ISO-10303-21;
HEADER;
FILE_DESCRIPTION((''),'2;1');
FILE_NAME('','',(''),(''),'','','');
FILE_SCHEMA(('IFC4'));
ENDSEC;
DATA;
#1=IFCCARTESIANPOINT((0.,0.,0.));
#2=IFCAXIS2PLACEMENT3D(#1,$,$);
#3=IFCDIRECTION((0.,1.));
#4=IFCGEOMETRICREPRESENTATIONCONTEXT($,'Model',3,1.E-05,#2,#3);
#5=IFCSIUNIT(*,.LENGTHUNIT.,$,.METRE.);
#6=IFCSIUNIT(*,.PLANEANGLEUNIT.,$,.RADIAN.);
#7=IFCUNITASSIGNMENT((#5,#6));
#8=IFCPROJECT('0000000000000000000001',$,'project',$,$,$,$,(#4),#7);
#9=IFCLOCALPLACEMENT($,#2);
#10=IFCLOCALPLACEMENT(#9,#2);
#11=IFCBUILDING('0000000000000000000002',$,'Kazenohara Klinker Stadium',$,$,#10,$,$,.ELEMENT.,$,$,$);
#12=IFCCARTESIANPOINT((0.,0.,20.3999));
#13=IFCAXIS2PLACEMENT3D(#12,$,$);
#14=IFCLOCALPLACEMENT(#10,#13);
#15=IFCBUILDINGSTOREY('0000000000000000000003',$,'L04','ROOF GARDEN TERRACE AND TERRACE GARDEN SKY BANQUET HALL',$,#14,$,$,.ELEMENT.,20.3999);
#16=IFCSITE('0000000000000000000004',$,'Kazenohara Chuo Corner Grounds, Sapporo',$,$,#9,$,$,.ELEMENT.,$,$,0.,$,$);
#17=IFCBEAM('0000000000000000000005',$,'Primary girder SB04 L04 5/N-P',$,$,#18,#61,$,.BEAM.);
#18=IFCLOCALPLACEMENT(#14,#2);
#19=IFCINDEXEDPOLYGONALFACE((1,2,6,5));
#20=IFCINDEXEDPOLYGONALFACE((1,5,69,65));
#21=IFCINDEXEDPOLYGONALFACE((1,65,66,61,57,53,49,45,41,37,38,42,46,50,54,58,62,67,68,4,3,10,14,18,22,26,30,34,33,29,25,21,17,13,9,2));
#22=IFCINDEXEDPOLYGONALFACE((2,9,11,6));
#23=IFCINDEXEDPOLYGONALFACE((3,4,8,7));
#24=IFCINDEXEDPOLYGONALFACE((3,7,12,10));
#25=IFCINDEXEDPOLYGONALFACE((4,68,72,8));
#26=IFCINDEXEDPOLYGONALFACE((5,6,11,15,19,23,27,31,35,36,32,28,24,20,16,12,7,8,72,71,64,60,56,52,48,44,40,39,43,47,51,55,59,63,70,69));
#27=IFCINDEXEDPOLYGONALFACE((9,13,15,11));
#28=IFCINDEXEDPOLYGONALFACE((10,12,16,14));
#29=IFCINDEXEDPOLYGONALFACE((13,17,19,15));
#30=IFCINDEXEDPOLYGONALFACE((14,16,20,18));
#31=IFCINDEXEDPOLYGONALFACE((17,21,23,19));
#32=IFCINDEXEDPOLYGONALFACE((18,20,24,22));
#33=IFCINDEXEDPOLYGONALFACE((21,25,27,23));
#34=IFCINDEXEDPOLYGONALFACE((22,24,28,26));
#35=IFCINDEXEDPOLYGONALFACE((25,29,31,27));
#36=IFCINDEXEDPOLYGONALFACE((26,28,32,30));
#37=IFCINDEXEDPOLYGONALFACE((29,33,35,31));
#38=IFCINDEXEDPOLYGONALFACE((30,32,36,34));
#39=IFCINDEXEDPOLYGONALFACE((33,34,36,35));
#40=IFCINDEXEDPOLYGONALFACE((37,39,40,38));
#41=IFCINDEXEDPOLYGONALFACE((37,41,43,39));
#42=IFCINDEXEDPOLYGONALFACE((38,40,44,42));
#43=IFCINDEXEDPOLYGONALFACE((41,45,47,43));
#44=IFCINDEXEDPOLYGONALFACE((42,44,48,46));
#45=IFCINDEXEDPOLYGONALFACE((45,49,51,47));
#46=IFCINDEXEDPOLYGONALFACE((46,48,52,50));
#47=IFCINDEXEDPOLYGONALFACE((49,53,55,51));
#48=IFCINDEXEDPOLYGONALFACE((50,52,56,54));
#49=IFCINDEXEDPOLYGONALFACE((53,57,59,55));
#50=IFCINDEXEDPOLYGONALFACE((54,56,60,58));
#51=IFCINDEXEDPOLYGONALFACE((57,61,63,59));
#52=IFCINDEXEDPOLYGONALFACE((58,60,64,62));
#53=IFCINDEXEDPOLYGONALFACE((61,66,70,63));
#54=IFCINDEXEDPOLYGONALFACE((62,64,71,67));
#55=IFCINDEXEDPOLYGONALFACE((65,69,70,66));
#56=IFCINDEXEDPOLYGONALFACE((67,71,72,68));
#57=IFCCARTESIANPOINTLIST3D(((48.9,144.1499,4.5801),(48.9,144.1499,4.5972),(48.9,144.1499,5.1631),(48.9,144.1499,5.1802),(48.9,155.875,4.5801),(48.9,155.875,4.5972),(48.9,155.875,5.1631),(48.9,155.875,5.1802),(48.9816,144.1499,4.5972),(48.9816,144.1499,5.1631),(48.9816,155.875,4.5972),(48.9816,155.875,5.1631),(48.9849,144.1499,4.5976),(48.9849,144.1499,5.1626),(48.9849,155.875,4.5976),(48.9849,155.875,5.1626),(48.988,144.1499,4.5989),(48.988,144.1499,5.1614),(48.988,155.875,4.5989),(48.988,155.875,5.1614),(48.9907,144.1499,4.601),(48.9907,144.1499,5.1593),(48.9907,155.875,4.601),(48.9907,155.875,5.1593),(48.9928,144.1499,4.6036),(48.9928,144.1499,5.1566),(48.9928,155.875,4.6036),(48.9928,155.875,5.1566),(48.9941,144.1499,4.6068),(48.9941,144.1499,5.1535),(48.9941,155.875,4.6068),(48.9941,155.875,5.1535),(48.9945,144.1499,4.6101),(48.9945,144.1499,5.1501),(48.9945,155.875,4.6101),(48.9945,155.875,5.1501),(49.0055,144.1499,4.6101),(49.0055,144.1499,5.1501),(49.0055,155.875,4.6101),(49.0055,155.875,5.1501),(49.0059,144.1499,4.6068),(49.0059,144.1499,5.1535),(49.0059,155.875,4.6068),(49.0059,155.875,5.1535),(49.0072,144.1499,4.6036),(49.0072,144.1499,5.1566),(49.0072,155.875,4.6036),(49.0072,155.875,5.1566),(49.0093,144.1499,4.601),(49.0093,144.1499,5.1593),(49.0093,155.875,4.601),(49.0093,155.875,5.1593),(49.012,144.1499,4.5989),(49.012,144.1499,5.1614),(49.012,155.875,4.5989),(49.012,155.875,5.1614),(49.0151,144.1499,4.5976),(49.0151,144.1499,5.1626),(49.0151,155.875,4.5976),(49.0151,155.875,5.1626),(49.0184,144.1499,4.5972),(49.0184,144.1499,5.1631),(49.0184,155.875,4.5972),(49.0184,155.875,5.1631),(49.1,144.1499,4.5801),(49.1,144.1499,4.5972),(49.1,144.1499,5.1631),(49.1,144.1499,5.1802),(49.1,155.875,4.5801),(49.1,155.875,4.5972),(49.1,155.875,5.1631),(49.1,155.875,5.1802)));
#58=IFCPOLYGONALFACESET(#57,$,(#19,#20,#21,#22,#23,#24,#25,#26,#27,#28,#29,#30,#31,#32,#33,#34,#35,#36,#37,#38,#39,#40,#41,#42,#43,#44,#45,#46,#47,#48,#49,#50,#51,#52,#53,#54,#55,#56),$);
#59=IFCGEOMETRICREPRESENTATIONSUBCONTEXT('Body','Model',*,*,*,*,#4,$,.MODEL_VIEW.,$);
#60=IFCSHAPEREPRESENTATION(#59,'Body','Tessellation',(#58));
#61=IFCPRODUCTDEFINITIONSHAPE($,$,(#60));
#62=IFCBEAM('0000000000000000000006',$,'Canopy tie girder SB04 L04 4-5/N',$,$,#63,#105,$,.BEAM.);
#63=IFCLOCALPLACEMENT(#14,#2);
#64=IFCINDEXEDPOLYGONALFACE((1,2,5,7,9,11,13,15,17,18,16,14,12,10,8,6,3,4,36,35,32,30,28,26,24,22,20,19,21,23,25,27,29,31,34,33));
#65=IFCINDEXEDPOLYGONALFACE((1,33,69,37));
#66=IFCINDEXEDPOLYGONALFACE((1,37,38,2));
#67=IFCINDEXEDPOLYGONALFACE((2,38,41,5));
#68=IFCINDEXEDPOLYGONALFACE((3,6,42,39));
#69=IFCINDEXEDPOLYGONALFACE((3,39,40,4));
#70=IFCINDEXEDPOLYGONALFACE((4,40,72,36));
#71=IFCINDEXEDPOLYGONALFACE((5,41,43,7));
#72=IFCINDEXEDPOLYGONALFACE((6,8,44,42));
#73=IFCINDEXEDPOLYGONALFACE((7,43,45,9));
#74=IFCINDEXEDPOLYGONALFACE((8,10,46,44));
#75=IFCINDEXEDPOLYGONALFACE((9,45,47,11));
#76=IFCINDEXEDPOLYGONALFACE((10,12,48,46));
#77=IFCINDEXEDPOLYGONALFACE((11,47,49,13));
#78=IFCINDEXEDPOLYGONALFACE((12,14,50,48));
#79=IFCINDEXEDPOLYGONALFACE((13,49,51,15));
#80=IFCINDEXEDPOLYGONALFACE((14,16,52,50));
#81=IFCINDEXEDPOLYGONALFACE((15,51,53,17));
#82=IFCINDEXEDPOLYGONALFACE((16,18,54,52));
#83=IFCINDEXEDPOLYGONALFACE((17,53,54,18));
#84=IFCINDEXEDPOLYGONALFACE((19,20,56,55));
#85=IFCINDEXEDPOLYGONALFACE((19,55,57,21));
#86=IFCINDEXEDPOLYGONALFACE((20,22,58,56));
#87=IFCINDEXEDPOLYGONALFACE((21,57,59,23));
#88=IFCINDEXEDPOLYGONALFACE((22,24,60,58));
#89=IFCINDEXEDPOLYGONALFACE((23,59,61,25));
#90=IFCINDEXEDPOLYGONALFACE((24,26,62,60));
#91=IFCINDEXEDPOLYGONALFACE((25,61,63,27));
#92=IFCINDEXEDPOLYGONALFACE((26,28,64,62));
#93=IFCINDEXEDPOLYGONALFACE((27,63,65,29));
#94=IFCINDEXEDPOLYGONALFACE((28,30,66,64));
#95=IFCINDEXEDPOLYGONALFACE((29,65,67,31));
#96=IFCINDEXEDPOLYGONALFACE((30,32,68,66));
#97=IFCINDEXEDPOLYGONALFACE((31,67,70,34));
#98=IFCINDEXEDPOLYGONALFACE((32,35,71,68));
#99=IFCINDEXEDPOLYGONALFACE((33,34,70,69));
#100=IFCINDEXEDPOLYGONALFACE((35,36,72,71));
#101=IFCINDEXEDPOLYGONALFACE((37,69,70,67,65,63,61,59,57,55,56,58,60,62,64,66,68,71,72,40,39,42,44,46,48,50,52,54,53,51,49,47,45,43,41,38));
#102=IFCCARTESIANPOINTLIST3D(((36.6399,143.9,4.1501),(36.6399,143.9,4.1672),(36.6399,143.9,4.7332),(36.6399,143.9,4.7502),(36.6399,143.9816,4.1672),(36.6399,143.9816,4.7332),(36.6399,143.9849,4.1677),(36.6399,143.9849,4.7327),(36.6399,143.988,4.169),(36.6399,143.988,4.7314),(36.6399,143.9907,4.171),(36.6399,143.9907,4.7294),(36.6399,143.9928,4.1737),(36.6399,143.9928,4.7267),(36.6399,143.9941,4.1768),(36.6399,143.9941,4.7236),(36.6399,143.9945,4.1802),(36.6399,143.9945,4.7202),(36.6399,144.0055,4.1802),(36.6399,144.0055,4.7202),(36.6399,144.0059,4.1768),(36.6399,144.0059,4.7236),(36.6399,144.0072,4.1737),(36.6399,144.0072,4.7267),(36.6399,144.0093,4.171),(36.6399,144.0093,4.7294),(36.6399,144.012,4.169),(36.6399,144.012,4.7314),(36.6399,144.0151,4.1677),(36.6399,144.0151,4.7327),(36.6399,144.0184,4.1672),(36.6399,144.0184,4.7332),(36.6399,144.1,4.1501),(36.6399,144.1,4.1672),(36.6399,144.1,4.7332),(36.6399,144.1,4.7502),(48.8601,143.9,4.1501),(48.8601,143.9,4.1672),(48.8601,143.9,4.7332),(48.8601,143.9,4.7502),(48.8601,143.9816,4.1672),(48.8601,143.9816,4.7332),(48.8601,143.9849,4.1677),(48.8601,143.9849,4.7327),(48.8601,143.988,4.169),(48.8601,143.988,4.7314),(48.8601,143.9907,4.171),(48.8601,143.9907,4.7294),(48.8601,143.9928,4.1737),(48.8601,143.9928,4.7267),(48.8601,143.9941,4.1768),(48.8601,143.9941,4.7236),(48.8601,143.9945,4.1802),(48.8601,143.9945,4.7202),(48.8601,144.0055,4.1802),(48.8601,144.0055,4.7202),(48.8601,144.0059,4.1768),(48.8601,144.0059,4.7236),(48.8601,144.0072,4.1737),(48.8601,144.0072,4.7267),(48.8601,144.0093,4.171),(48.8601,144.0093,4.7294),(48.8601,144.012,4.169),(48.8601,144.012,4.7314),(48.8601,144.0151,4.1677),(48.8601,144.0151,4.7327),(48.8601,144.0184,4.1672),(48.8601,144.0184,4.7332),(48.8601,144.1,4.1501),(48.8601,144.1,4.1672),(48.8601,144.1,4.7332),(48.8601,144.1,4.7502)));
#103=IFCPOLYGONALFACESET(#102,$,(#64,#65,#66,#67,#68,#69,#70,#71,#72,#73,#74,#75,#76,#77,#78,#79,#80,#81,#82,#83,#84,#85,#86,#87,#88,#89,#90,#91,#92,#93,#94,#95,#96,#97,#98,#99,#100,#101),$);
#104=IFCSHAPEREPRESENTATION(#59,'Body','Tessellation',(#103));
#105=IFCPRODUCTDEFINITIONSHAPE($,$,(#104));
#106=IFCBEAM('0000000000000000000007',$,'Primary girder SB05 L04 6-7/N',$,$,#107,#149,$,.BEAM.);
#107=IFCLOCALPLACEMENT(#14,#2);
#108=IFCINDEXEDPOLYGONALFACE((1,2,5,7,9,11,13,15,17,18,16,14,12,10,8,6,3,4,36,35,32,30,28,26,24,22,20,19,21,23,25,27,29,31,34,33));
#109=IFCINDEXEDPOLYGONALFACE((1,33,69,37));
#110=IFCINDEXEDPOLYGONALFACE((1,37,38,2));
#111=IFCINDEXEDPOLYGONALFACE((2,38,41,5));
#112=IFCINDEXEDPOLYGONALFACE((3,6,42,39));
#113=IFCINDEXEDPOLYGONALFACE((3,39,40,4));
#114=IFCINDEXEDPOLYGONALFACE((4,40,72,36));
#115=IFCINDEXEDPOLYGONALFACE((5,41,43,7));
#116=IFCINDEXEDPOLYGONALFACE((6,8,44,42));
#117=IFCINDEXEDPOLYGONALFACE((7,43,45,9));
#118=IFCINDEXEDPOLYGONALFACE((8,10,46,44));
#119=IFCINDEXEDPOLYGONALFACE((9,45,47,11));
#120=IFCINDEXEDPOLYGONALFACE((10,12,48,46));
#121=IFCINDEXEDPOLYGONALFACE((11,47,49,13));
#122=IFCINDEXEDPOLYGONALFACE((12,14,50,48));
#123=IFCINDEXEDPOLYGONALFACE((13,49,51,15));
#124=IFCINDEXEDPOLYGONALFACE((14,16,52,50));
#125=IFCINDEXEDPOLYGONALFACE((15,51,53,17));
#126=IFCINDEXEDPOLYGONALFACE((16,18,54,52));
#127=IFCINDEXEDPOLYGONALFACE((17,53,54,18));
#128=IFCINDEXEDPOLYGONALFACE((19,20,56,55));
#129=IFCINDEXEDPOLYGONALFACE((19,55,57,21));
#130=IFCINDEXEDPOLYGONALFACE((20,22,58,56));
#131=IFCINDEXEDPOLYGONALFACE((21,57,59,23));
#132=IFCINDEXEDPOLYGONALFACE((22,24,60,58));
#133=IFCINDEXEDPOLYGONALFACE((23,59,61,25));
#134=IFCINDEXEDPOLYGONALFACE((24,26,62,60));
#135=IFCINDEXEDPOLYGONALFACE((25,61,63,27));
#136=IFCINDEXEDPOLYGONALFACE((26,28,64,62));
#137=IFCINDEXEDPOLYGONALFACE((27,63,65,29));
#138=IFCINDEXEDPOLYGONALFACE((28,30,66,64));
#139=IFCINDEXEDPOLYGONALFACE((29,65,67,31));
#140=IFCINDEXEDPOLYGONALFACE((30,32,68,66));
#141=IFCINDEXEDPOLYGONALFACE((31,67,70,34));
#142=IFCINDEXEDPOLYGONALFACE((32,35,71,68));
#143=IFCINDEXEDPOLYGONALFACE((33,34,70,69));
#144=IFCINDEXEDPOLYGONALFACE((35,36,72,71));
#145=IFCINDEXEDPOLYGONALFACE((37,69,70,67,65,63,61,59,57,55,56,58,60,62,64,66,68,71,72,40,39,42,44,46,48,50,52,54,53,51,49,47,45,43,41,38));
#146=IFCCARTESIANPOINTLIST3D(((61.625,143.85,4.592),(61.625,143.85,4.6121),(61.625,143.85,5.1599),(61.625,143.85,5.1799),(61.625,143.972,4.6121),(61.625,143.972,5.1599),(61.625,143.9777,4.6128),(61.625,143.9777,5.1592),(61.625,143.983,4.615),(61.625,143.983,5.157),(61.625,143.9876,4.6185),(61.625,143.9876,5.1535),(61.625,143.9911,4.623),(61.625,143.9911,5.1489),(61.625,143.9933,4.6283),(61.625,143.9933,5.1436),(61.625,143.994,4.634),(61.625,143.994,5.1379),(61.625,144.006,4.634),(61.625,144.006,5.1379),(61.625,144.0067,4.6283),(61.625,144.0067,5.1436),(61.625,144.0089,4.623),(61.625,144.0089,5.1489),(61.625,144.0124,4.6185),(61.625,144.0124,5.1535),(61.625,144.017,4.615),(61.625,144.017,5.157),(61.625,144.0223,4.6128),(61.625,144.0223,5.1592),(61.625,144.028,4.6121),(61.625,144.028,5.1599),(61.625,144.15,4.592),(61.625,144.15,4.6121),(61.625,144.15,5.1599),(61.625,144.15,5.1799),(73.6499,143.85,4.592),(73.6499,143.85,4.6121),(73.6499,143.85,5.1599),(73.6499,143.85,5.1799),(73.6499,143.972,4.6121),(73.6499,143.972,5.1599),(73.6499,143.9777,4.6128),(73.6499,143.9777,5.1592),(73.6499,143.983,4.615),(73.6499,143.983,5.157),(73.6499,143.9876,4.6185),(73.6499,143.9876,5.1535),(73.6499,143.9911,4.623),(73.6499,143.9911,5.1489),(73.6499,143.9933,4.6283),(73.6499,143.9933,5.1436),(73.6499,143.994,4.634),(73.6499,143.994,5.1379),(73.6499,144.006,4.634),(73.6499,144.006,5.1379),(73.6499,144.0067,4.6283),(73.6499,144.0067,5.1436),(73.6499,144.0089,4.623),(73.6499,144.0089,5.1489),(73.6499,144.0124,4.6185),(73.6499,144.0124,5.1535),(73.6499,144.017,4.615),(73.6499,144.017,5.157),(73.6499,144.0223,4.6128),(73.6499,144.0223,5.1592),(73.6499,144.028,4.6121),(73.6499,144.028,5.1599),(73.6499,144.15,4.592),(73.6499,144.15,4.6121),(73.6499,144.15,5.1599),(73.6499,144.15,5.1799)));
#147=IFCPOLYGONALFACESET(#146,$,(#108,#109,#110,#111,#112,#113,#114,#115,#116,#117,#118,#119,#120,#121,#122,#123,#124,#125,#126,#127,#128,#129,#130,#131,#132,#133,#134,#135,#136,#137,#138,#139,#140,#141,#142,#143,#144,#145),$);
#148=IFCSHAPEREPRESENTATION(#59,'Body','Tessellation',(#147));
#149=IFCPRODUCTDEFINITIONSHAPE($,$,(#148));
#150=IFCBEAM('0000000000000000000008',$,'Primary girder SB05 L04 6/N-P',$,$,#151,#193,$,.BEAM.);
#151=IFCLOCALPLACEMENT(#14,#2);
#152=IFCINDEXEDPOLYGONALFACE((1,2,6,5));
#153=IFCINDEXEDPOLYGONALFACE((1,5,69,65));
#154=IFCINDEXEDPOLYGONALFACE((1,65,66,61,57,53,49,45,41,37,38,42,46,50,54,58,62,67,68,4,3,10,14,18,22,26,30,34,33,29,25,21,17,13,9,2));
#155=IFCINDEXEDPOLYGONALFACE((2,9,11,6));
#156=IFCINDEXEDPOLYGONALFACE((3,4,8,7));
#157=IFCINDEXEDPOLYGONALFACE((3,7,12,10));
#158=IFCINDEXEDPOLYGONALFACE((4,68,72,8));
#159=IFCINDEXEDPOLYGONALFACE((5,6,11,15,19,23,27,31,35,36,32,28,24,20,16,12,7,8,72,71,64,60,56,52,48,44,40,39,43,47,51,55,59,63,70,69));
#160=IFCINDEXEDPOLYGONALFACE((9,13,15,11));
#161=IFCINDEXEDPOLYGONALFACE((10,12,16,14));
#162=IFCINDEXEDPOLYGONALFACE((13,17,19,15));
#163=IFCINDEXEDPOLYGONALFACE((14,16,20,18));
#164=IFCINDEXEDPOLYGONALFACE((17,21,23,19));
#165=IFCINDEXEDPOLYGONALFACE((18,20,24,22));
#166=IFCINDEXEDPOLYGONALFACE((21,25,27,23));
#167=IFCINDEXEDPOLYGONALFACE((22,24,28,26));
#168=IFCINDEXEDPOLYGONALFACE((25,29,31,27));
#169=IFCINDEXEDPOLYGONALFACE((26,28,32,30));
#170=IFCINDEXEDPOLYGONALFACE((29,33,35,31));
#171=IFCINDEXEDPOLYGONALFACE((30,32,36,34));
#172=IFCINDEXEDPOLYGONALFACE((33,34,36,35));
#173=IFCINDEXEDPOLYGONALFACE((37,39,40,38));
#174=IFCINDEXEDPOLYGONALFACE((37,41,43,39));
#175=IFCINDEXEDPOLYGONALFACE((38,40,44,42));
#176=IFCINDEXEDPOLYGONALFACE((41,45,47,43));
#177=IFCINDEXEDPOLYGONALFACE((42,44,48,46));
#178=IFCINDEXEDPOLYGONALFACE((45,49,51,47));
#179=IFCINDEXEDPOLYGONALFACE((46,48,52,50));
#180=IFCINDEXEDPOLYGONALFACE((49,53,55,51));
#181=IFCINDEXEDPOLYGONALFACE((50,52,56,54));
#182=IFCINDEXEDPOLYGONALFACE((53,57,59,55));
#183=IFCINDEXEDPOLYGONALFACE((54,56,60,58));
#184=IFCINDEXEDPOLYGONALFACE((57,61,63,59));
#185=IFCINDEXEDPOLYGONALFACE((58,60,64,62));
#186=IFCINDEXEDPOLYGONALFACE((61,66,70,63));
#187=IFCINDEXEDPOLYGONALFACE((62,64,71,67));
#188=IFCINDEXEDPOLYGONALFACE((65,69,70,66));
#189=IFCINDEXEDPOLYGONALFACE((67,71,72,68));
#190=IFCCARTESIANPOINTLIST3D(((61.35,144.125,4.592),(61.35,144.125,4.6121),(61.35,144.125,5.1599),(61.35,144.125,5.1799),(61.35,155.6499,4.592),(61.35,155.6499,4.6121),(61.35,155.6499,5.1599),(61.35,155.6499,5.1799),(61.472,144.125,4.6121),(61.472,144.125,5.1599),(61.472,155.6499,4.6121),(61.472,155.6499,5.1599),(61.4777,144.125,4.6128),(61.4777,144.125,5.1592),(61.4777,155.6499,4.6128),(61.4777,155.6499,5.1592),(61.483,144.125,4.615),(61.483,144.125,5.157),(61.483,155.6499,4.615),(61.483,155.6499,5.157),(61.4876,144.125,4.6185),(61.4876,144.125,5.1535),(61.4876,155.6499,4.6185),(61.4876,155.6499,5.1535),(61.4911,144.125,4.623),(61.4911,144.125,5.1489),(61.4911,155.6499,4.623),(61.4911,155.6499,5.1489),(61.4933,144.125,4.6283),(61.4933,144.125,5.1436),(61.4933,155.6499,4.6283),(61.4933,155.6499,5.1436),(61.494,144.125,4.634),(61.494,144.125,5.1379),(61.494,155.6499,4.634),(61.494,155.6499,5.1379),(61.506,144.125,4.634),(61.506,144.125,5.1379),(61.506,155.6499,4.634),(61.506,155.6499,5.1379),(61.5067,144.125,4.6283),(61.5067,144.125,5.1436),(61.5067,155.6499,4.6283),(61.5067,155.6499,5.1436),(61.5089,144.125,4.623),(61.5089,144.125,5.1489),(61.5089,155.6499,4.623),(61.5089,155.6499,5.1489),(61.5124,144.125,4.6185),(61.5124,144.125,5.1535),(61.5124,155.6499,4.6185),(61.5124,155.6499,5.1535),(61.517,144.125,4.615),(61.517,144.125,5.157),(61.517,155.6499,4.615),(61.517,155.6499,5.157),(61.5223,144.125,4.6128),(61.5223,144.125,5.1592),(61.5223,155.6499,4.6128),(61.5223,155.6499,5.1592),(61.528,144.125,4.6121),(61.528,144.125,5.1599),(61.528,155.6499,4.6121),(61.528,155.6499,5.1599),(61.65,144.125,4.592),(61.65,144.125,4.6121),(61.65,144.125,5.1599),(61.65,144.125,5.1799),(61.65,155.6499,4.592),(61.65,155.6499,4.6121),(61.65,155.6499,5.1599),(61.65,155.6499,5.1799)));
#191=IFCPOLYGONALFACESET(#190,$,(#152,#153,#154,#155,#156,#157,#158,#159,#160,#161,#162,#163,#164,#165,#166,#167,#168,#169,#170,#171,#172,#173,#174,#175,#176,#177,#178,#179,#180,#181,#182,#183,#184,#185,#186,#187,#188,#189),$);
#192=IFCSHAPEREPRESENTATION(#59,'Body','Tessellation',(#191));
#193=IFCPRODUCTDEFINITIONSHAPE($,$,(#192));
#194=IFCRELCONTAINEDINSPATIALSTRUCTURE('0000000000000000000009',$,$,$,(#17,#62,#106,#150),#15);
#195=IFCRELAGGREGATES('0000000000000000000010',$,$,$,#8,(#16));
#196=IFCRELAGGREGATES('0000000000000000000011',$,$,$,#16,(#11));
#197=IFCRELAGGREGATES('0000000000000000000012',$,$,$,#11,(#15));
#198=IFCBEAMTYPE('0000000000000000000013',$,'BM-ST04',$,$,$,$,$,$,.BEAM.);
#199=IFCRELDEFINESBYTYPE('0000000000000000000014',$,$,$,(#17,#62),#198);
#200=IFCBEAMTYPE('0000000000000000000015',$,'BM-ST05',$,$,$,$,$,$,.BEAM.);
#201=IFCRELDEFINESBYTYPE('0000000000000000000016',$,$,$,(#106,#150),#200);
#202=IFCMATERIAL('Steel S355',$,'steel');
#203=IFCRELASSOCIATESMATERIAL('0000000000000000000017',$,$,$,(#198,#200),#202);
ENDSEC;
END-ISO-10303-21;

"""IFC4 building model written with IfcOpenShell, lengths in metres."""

from ifc_helpers import new_model, si_unit, direction, frame, origin, origin_2d, place, context, subcontext, project, spatial, i_section, extrude, material, material_profile, profile_set, type_object, element, save


model = new_model("IFC4")

# Units and contexts
model_context = context("Model", 3, precision=1e-05, world=origin(), true_north=direction((0.0, 1.0)))
body_context = subcontext(model_context, "Body", "Model", "MODEL_VIEW")
ifc_project = project(units=[si_unit("LENGTHUNIT", "METRE"), si_unit("PLANEANGLEUNIT", "RADIAN")], contexts=[model_context])

# Site, building, storey
site_placement = place(None, origin())
site = spatial("IfcSite", under=ifc_project, at=site_placement, Name="Kazenohara Chuo Corner Grounds, Sapporo", CompositionType="ELEMENT", RefElevation=0.0)
building_placement = place(site_placement, origin())
building = spatial("IfcBuilding", under=site, at=building_placement, Name="Kazenohara Klinker Stadium", CompositionType="ELEMENT")
storey_placement = place(building_placement, frame((0.0, 0.0, 20.3999)))
storey = spatial("IfcBuildingStorey", under=building, at=storey_placement, Name="L04", Description="ROOF GARDEN TERRACE AND TERRACE GARDEN SKY BANQUET HALL", CompositionType="ELEMENT", Elevation=20.3999)

# Shared definitions
ifc_material_1 = material(Name="Steel S355", Category="steel")

# Beams
ifc_material_profile_1 = material_profile(ifc_material_1, i_section(OverallWidth=0.2, OverallDepth=0.6001, WebThickness=0.011, FlangeThickness=0.0171, FilletRadius=0.0129, at=origin_2d()), Name="H-600x200x11x17")
ifc_profile_set_1 = profile_set([ifc_material_profile_1], Name="Steel S355")
beam_type_1 = type_object("IfcBeamType", Name="BM-ST04", PredefinedType="BEAM", material=ifc_profile_set_1)
beam_1_placement = place(storey_placement, frame((49.0, 144.1499, 4.8801), z_axis=(0.0, 1.0, 0.0), x_axis=(-1.0, 0.0, 0.0)))
element("IfcBeam", 1, at=beam_1_placement, inside=storey, type_object=beam_type_1, Name="Primary girder SB04 L04 5/N-P", PredefinedType="BEAM", context=body_context, shape_type="SweptSolid", body=[
    extrude(i_section(OverallWidth=0.2, OverallDepth=0.6001, WebThickness=0.011, FlangeThickness=0.0171, FilletRadius=0.0129, at=origin_2d()), origin(), (0.0, 0.0, 1.0), 11.7251),
])
beam_2_placement = place(storey_placement, frame((36.6399, 144.0, 4.4502), z_axis=(1.0, 0.0, 0.0), x_axis=(0.0, 1.0, 0.0)))
element("IfcBeam", 2, at=beam_2_placement, inside=storey, type_object=beam_type_1, Name="Canopy tie girder SB04 L04 4-5/N", PredefinedType="BEAM", context=body_context, shape_type="SweptSolid", body=[
    extrude(i_section(OverallWidth=0.2, OverallDepth=0.6001, WebThickness=0.011, FlangeThickness=0.0171, FilletRadius=0.0129, at=origin_2d()), origin(), (0.0, 0.0, 1.0), 12.2202),
])
ifc_material_profile_2 = material_profile(ifc_material_1, i_section(OverallWidth=0.3, OverallDepth=0.5879, WebThickness=0.012, FlangeThickness=0.02, FilletRadius=0.022, at=origin_2d()), Name="H-588x300x12x20")
ifc_profile_set_2 = profile_set([ifc_material_profile_2], Name="Steel S355")
beam_type_2 = type_object("IfcBeamType", Name="BM-ST05", PredefinedType="BEAM", material=ifc_profile_set_2)
beam_3_placement = place(storey_placement, frame((61.625, 144.0, 4.886), z_axis=(1.0, 0.0, 0.0), x_axis=(0.0, 1.0, 0.0)))
element("IfcBeam", 3, at=beam_3_placement, inside=storey, type_object=beam_type_2, Name="Primary girder SB05 L04 6-7/N", PredefinedType="BEAM", context=body_context, shape_type="SweptSolid", body=[
    extrude(i_section(OverallWidth=0.3, OverallDepth=0.5879, WebThickness=0.012, FlangeThickness=0.02, FilletRadius=0.022, at=origin_2d()), origin(), (0.0, 0.0, 1.0), 12.0249),
])
beam_4_placement = place(storey_placement, frame((61.5, 144.125, 4.886), z_axis=(0.0, 1.0, 0.0), x_axis=(-1.0, 0.0, 0.0)))
element("IfcBeam", 4, at=beam_4_placement, inside=storey, type_object=beam_type_2, Name="Primary girder SB05 L04 6/N-P", PredefinedType="BEAM", context=body_context, shape_type="SweptSolid", body=[
    extrude(i_section(OverallWidth=0.3, OverallDepth=0.5879, WebThickness=0.012, FlangeThickness=0.02, FilletRadius=0.022, at=origin_2d()), origin(), (0.0, 0.0, 1.0), 11.5249),
])

save(model, "model.ifc")
